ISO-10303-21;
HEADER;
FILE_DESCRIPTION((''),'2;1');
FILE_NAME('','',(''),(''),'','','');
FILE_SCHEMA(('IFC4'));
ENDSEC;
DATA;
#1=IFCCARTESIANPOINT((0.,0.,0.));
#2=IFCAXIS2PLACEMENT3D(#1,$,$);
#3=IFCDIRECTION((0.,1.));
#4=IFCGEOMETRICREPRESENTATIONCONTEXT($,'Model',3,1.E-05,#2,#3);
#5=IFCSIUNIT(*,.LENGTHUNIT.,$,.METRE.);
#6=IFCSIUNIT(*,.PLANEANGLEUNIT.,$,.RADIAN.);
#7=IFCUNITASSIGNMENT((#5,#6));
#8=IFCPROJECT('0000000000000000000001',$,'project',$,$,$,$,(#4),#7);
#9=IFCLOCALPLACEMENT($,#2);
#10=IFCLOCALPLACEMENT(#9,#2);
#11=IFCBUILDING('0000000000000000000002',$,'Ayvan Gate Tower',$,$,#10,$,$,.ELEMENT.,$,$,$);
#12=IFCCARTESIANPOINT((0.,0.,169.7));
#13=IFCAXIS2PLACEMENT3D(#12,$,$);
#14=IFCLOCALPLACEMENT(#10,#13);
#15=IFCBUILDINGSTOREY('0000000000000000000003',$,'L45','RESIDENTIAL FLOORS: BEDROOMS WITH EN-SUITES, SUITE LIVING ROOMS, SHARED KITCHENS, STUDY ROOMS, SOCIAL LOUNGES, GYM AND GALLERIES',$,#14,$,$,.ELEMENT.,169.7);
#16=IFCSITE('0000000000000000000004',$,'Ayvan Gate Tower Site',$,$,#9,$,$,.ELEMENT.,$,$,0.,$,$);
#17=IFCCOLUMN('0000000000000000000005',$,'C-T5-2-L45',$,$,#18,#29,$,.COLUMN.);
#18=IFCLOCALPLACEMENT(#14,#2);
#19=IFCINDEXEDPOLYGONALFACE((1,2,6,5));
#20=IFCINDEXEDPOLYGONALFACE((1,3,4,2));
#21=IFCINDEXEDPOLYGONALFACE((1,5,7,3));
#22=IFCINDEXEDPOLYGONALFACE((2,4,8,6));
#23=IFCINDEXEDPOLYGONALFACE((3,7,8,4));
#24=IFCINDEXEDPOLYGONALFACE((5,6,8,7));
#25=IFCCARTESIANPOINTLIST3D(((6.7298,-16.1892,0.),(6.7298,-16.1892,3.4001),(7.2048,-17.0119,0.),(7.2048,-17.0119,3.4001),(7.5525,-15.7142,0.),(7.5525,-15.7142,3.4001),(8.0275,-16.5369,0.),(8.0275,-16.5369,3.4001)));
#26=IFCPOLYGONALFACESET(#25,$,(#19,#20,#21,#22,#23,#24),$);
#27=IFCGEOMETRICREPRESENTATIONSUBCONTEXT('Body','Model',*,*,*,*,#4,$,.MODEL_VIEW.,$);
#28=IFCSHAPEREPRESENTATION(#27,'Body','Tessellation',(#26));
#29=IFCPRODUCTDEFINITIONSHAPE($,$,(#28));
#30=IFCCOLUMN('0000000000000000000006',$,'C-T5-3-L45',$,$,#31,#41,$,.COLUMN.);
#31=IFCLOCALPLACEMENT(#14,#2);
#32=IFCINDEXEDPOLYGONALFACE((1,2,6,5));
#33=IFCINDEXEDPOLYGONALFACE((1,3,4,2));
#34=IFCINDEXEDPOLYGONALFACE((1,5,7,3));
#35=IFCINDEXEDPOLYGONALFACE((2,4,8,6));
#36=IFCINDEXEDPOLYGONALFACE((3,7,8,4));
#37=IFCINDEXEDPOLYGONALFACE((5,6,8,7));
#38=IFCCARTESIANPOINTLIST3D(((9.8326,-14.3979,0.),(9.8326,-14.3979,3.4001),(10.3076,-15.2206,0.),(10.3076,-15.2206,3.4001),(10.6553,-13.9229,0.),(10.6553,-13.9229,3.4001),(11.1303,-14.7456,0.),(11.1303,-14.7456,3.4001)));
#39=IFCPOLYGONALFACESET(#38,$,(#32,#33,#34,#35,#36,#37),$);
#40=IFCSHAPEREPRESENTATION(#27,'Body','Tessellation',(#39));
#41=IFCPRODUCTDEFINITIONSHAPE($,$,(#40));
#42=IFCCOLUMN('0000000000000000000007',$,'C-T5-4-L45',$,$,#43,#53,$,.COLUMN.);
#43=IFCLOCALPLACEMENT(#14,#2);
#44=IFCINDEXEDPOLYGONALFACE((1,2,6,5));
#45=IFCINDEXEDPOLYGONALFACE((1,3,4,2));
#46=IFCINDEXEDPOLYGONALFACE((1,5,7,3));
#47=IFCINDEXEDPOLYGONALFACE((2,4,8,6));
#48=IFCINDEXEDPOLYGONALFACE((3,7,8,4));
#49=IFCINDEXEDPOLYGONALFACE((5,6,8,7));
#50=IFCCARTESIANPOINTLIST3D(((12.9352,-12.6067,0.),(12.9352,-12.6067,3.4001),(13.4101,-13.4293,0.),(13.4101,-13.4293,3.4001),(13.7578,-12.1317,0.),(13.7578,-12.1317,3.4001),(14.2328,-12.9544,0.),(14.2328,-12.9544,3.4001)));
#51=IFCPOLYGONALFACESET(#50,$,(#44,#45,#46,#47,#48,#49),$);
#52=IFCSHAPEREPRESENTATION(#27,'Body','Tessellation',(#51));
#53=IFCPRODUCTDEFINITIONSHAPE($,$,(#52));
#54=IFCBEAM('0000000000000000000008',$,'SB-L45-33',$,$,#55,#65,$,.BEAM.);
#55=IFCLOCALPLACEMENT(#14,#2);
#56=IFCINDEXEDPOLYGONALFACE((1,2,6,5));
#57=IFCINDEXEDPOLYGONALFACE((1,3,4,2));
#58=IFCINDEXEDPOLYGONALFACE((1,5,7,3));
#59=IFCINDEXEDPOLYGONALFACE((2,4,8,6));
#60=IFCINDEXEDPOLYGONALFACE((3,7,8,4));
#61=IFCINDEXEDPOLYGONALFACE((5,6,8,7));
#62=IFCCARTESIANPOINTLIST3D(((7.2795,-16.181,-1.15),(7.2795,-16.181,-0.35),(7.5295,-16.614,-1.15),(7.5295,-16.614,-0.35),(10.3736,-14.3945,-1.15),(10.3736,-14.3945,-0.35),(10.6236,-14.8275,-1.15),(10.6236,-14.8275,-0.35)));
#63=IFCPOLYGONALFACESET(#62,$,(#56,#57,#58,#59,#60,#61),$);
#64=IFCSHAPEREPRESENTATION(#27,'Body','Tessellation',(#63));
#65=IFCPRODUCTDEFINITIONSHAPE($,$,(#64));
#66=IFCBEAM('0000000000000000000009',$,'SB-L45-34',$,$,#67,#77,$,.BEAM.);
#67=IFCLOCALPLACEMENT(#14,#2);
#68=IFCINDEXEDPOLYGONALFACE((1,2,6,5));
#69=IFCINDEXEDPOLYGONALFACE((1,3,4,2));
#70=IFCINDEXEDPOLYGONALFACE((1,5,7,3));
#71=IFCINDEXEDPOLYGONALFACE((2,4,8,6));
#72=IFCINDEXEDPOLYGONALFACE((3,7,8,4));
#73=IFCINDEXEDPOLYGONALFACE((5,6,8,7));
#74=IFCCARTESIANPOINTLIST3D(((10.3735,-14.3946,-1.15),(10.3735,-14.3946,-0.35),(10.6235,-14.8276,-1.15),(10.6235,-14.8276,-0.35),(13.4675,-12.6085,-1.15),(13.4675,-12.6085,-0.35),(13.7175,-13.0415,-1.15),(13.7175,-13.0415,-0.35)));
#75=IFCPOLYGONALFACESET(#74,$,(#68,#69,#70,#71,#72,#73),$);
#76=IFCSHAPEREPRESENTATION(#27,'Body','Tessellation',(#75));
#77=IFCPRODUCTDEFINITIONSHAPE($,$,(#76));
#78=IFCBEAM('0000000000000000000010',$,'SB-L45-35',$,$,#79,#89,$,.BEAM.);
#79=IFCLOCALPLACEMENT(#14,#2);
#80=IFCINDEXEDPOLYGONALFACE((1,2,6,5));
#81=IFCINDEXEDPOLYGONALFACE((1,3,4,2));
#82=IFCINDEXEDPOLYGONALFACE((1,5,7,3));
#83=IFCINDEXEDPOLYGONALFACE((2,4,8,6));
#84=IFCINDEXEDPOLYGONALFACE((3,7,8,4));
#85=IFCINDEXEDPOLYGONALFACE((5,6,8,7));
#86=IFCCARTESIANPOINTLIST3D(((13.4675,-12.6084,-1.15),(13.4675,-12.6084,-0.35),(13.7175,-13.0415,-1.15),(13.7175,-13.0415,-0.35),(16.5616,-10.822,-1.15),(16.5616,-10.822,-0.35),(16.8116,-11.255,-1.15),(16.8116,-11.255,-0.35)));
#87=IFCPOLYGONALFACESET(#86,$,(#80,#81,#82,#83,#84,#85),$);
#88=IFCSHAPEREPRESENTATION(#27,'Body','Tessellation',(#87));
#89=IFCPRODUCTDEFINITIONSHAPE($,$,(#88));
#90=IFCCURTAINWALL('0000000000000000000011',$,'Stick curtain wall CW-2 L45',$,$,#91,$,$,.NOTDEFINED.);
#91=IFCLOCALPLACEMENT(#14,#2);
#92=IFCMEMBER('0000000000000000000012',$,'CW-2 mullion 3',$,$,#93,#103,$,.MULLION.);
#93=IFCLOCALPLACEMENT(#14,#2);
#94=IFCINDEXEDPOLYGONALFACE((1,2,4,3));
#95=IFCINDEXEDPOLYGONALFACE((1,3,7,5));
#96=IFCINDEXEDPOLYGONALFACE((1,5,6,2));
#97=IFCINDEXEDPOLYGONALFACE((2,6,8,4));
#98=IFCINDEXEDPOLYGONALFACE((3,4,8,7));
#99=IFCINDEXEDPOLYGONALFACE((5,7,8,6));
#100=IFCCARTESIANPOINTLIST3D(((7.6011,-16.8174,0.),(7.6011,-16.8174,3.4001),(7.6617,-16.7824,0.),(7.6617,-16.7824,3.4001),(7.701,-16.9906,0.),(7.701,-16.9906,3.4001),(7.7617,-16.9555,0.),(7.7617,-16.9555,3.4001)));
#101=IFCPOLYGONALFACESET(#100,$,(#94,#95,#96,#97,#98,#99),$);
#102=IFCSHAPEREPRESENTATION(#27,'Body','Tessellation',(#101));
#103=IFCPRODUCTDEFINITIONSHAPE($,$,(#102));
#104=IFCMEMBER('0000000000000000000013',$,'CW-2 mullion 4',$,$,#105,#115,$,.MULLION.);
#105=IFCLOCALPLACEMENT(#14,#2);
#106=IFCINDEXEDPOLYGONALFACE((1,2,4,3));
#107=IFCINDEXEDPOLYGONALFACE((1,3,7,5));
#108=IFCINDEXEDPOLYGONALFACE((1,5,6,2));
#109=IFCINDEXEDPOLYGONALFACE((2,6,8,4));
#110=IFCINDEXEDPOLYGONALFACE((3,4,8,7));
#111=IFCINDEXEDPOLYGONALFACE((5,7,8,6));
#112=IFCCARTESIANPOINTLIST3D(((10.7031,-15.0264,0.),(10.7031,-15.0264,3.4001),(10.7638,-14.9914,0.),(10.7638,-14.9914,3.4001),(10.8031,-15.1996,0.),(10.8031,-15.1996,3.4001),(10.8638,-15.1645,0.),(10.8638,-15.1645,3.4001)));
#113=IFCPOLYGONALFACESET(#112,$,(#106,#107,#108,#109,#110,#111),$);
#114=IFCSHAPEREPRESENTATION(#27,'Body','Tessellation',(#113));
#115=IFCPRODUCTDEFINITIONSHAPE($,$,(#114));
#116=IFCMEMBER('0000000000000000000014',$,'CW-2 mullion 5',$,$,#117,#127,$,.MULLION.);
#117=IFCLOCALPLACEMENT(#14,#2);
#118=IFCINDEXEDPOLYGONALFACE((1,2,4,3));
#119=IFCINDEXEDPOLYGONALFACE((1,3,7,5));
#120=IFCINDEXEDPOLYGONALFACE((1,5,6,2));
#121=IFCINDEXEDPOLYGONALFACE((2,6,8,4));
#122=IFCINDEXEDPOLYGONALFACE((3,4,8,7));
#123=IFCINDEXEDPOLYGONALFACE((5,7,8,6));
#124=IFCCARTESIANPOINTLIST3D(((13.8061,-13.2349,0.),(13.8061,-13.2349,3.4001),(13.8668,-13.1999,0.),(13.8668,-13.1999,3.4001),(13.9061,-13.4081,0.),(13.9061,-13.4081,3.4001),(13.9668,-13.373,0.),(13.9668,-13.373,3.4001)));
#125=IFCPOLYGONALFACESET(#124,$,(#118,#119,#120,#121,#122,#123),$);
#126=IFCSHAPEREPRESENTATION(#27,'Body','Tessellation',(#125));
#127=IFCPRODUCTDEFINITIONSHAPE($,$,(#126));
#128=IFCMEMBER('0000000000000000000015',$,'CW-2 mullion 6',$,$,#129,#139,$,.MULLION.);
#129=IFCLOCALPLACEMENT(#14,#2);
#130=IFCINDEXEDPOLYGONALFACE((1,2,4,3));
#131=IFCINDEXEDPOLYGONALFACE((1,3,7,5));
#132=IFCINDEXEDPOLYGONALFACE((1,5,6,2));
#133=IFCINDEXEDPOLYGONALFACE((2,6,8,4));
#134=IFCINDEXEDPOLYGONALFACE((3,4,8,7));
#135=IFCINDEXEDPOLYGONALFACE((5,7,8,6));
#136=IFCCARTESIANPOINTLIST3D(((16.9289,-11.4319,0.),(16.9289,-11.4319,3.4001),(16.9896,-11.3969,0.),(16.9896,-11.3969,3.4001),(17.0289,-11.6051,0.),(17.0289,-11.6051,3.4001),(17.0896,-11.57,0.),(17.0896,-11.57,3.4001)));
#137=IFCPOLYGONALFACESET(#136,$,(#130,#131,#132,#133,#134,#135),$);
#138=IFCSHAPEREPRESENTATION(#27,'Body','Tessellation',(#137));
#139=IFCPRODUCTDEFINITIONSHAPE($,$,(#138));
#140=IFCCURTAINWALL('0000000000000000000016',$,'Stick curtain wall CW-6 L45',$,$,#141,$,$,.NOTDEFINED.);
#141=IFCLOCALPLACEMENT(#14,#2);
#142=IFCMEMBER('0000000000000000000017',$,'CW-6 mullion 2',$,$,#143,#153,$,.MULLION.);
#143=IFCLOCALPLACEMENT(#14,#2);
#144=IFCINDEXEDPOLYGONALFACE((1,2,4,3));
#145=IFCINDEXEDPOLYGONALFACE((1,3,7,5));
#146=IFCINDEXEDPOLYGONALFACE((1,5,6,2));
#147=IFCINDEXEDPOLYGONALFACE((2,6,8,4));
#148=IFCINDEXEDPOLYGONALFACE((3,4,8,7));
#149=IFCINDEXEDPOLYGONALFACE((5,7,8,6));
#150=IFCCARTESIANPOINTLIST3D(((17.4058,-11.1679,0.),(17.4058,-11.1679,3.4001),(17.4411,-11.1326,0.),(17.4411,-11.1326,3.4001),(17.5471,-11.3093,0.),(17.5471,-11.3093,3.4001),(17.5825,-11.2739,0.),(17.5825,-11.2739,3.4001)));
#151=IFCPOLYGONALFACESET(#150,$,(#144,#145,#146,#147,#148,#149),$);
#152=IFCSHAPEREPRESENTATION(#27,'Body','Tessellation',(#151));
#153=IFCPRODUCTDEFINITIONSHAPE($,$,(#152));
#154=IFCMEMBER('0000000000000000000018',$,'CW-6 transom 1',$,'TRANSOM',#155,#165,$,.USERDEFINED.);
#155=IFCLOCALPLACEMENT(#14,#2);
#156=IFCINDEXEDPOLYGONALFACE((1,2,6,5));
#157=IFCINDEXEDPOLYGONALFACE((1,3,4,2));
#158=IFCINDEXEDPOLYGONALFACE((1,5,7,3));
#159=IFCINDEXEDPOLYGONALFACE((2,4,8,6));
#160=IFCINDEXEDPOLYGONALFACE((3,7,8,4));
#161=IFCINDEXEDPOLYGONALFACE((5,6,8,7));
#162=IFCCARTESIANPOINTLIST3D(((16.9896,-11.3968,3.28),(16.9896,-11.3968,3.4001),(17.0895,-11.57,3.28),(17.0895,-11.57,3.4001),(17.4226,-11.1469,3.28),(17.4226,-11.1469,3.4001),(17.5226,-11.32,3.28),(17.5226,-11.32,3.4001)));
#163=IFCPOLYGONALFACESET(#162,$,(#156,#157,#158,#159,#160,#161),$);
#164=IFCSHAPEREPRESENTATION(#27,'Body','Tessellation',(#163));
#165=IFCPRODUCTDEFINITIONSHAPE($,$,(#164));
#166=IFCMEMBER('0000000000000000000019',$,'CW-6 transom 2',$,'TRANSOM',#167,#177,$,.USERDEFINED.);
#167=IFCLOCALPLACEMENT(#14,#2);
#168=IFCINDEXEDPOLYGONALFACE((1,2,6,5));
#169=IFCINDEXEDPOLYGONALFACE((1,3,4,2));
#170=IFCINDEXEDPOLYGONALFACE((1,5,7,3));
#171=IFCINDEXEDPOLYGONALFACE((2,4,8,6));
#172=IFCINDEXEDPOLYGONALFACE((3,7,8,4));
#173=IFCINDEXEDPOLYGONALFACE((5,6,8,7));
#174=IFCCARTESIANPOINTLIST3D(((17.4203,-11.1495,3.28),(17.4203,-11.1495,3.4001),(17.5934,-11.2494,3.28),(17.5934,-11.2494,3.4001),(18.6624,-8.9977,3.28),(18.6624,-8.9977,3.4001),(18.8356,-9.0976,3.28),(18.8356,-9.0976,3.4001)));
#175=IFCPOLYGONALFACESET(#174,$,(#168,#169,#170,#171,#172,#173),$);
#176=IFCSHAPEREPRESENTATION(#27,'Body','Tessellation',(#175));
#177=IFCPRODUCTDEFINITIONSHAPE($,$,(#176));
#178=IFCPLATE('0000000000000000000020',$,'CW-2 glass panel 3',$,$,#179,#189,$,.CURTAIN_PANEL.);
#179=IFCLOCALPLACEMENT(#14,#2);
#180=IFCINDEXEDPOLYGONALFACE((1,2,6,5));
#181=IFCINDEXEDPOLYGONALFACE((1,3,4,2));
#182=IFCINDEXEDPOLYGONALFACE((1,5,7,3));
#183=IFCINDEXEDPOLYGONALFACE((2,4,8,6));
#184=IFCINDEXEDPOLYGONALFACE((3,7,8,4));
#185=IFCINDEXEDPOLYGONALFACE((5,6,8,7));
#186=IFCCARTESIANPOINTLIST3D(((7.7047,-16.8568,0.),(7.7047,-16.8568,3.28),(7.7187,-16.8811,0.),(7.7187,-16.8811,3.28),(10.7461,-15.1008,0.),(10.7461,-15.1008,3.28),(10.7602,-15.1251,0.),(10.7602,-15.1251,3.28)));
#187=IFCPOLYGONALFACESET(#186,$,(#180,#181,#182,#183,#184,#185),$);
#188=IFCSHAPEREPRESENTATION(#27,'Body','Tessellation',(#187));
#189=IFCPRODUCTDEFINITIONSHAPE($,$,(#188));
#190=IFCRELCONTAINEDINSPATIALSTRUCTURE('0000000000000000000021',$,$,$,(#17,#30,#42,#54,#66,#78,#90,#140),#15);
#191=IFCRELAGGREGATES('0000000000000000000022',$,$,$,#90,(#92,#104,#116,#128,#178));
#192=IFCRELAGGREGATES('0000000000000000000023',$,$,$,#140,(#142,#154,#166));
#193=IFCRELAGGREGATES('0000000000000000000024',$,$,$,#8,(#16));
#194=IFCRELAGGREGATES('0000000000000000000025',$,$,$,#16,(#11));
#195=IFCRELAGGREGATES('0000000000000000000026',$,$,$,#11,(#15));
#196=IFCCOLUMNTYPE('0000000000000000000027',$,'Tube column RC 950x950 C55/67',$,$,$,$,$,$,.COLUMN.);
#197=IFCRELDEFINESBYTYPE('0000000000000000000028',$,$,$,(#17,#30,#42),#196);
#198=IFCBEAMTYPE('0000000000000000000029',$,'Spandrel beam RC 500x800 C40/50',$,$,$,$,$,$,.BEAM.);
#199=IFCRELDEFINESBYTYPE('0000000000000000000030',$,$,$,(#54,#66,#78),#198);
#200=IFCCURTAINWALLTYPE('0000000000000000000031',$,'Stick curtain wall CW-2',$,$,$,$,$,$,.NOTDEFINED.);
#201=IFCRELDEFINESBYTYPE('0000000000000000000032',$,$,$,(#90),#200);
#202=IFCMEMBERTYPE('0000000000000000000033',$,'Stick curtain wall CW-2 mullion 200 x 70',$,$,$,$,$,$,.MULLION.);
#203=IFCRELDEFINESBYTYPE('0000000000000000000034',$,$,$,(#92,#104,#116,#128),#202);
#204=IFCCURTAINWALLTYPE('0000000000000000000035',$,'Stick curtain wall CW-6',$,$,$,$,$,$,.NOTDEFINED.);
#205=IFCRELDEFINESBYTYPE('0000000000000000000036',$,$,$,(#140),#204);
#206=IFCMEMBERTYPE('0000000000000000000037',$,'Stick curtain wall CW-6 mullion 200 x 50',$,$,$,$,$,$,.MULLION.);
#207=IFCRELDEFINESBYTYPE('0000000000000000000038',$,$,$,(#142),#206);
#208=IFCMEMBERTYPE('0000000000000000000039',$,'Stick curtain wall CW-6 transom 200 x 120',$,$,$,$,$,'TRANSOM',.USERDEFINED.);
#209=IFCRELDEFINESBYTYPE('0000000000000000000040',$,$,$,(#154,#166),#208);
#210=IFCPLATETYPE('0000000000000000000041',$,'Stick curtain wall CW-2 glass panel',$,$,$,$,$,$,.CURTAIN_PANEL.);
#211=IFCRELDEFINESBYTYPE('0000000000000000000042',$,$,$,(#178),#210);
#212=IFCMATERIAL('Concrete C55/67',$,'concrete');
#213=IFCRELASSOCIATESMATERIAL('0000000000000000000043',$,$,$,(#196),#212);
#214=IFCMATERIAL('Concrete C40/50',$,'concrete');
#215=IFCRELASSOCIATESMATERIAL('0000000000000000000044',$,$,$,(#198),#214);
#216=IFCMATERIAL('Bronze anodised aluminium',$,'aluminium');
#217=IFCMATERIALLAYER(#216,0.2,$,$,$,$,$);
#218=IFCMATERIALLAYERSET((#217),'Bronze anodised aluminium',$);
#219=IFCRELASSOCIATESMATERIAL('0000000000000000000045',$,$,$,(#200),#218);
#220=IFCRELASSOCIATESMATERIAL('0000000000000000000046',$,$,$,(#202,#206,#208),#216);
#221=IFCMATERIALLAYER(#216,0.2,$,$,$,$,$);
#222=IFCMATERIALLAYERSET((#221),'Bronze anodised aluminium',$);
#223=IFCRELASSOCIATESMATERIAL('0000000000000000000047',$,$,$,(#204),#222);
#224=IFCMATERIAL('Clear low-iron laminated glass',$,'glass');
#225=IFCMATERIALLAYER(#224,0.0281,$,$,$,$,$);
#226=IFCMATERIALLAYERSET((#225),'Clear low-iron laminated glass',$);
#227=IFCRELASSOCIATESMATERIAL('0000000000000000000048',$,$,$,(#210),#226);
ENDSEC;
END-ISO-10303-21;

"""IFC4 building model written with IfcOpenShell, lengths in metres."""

from ifc_helpers import new_model, si_unit, direction, frame, origin, origin_2d, place, context, subcontext, project, spatial, rectangle, extrude, material, layer, layer_set, material_profile, profile_set, type_object, element, aggregate, save


model = new_model("IFC4")

# Units and contexts
model_context = context("Model", 3, precision=1e-05, world=origin(), true_north=direction((0.0, 1.0)))
body_context = subcontext(model_context, "Body", "Model", "MODEL_VIEW")
ifc_project = project(units=[si_unit("LENGTHUNIT", "METRE"), si_unit("PLANEANGLEUNIT", "RADIAN")], contexts=[model_context])

# Site, building, storey
site_placement = place(None, origin())
site = spatial("IfcSite", under=ifc_project, at=site_placement, Name="Ayvan Gate Tower Site", CompositionType="ELEMENT", RefElevation=0.0)
building_placement = place(site_placement, origin())
building = spatial("IfcBuilding", under=site, at=building_placement, Name="Ayvan Gate Tower", CompositionType="ELEMENT")
storey_placement = place(building_placement, frame((0.0, 0.0, 169.7)))
storey = spatial("IfcBuildingStorey", under=building, at=storey_placement, Name="L45", Description="RESIDENTIAL FLOORS: BEDROOMS WITH EN-SUITES, SUITE LIVING ROOMS, SHARED KITCHENS, STUDY ROOMS, SOCIAL LOUNGES, GYM AND GALLERIES", CompositionType="ELEMENT", Elevation=169.7)

# Columns
ifc_material_1 = material(Name="Concrete C55/67", Category="concrete")
ifc_material_profile_1 = material_profile(ifc_material_1, rectangle(XDim=0.95, YDim=0.95, at=origin_2d()), Name="RC 950x950")
ifc_profile_set_1 = profile_set([ifc_material_profile_1], Name="Concrete C55/67")
column_type = type_object("IfcColumnType", Name="Tube column RC 950x950 C55/67", PredefinedType="COLUMN", material=ifc_profile_set_1)
for number, where, z_axis, x_axis, name in (
    (1, (7.3787, -16.363, 0.0), (0.0, 0.0, 1.0), (0.5, -0.866025, 0.0), "C-T5-2-L45"),
    (2, (10.4814, -14.5718, 0.0), (0.0, 0.0, 1.0), (0.5, -0.866025, 0.0), "C-T5-3-L45"),
    (3, (13.584, -12.7805, 0.0), (0.0, 0.0, 1.0), (0.5, -0.866025, 0.0), "C-T5-4-L45"),
):
    element("IfcColumn", number, at=place(storey_placement, frame(where, z_axis=z_axis, x_axis=x_axis)), inside=storey, type_object=column_type, Name=name, PredefinedType="COLUMN", context=body_context, shape_type="SweptSolid", body=[
        extrude(rectangle(XDim=0.95, YDim=0.95, at=origin_2d()), origin(), (0.0, 0.0, 1.0), 3.4001),
    ])

# Beams
ifc_material_2 = material(Name="Concrete C40/50", Category="concrete")
ifc_material_profile_2 = material_profile(ifc_material_2, rectangle(XDim=0.5, YDim=0.8, at=origin_2d()), Name="RC 500x800")
ifc_profile_set_2 = profile_set([ifc_material_profile_2], Name="Concrete C40/50")
beam_type = type_object("IfcBeamType", Name="Spandrel beam RC 500x800 C40/50", PredefinedType="BEAM", material=ifc_profile_set_2)
beam_1_placement = place(storey_placement, frame((7.4045, -16.3975, -0.75), z_axis=(0.866018, 0.500012, 0.0), x_axis=(-0.500012, 0.866018, 0.0)))
element("IfcBeam", 4, at=beam_1_placement, inside=storey, type_object=beam_type, Name="SB-L45-33", PredefinedType="BEAM", context=body_context, shape_type="SweptSolid", body=[
    extrude(rectangle(XDim=0.5, YDim=0.8, at=origin_2d()), origin(), (0.0, 0.0, 1.0), 3.5728),
])
beam_2_placement = place(storey_placement, frame((10.4985, -14.6111, -0.75), z_axis=(0.866048, 0.499961, 0.0), x_axis=(-0.499961, 0.866048, 0.0)))
element("IfcBeam", 5, at=beam_2_placement, inside=storey, type_object=beam_type, Name="SB-L45-34", PredefinedType="BEAM", context=body_context, shape_type="SweptSolid", body=[
    extrude(rectangle(XDim=0.5, YDim=0.8, at=origin_2d()), origin(), (0.0, 0.0, 1.0), 3.5725),
])
beam_3_placement = place(storey_placement, frame((13.5925, -12.825, -0.75), z_axis=(0.866018, 0.500012, 0.0), x_axis=(-0.500012, 0.866018, 0.0)))
element("IfcBeam", 6, at=beam_3_placement, inside=storey, type_object=beam_type, Name="SB-L45-35", PredefinedType="BEAM", context=body_context, shape_type="SweptSolid", body=[
    extrude(rectangle(XDim=0.5, YDim=0.8, at=origin_2d()), origin(), (0.0, 0.0, 1.0), 3.5728),
])

# Curtain walls, members
ifc_material_3 = material(Name="Bronze anodised aluminium", Category="aluminium")
ifc_layer_1 = layer(ifc_material_3, 0.2)
ifc_layer_set_1 = layer_set([ifc_layer_1], Name="Bronze anodised aluminium")
curtain_wall_type_1 = type_object("IfcCurtainWallType", Name="Stick curtain wall CW-2", PredefinedType="NOTDEFINED", material=ifc_layer_set_1)
curtain_wall_1_placement = place(storey_placement, origin())
curtain_wall_1 = element("IfcCurtainWall", 7, at=curtain_wall_1_placement, inside=storey, type_object=curtain_wall_type_1, Name="Stick curtain wall CW-2 L45", PredefinedType="NOTDEFINED")
ifc_material_profile_3 = material_profile(ifc_material_3, rectangle(XDim=0.2, YDim=0.0701, at=origin_2d()), Name="Stick curtain wall CW-2 mullion 200 x 70")
ifc_profile_set_3 = profile_set([ifc_material_profile_3], Name="Bronze anodised aluminium")
member_type_1 = type_object("IfcMemberType", Name="Stick curtain wall CW-2 mullion 200 x 70", PredefinedType="MULLION", material=ifc_profile_set_3)
member_1_placement = place(storey_placement, frame((7.6814, -16.8865, 0.0), z_axis=(0.0, 0.0, 1.0), x_axis=(0.5, -0.866025, 0.0)))
member_1 = element("IfcMember", 8, at=member_1_placement, type_object=member_type_1, Name="CW-2 mullion 3", PredefinedType="MULLION", context=body_context, shape_type="SweptSolid", body=[
    extrude(rectangle(XDim=0.2, YDim=0.0701, at=origin_2d()), origin(), (0.0, 0.0, 1.0), 3.4001),
])
member_2_placement = place(storey_placement, frame((10.7834, -15.0955, 0.0), z_axis=(0.0, 0.0, 1.0), x_axis=(0.5, -0.866025, 0.0)))
member_2 = element("IfcMember", 9, at=member_2_placement, type_object=member_type_1, Name="CW-2 mullion 4", PredefinedType="MULLION", context=body_context, shape_type="SweptSolid", body=[
    extrude(rectangle(XDim=0.2, YDim=0.0701, at=origin_2d()), origin(), (0.0, 0.0, 1.0), 3.4001),
])
member_3_placement = place(storey_placement, frame((13.8865, -13.304, 0.0), z_axis=(0.0, 0.0, 1.0), x_axis=(0.5, -0.866025, 0.0)))
member_3 = element("IfcMember", 10, at=member_3_placement, type_object=member_type_1, Name="CW-2 mullion 5", PredefinedType="MULLION", context=body_context, shape_type="SweptSolid", body=[
    extrude(rectangle(XDim=0.2, YDim=0.0701, at=origin_2d()), origin(), (0.0, 0.0, 1.0), 3.4001),
])
member_4_placement = place(storey_placement, frame((17.0093, -11.501, 0.0), z_axis=(0.0, 0.0, 1.0), x_axis=(0.5, -0.866025, 0.0)))
member_4 = element("IfcMember", 11, at=member_4_placement, type_object=member_type_1, Name="CW-2 mullion 6", PredefinedType="MULLION", context=body_context, shape_type="SweptSolid", body=[
    extrude(rectangle(XDim=0.2, YDim=0.0701, at=origin_2d()), origin(), (0.0, 0.0, 1.0), 3.4001),
])
ifc_layer_2 = layer(ifc_material_3, 0.2)
ifc_layer_set_2 = layer_set([ifc_layer_2], Name="Bronze anodised aluminium")
curtain_wall_type_2 = type_object("IfcCurtainWallType", Name="Stick curtain wall CW-6", PredefinedType="NOTDEFINED", material=ifc_layer_set_2)
curtain_wall_2_placement = place(storey_placement, origin())
curtain_wall_2 = element("IfcCurtainWall", 12, at=curtain_wall_2_placement, inside=storey, type_object=curtain_wall_type_2, Name="Stick curtain wall CW-6 L45", PredefinedType="NOTDEFINED")
ifc_material_profile_4 = material_profile(ifc_material_3, rectangle(XDim=0.2, YDim=0.05, at=origin_2d()), Name="Stick curtain wall CW-6 mullion 200 x 50")
ifc_profile_set_4 = profile_set([ifc_material_profile_4], Name="Bronze anodised aluminium")
member_type_2 = type_object("IfcMemberType", Name="Stick curtain wall CW-6 mullion 200 x 50", PredefinedType="MULLION", material=ifc_profile_set_4)
member_5_placement = place(storey_placement, frame((17.4941, -11.2209, 0.0), z_axis=(0.0, 0.0, 1.0), x_axis=(0.707107, -0.707107, 0.0)))
member_5 = element("IfcMember", 13, at=member_5_placement, type_object=member_type_2, Name="CW-6 mullion 2", PredefinedType="MULLION", context=body_context, shape_type="SweptSolid", body=[
    extrude(rectangle(XDim=0.2, YDim=0.05, at=origin_2d()), origin(), (0.0, 0.0, 1.0), 3.4001),
])
ifc_material_profile_5 = material_profile(ifc_material_3, rectangle(XDim=0.2, YDim=0.1201, at=origin_2d()), Name="Stick curtain wall CW-6 transom 200 x 120")
ifc_profile_set_5 = profile_set([ifc_material_profile_5], Name="Bronze anodised aluminium")
member_type_3 = type_object("IfcMemberType", Name="Stick curtain wall CW-6 transom 200 x 120", ElementType="TRANSOM", PredefinedType="USERDEFINED", material=ifc_profile_set_5)
member_6_placement = place(storey_placement, frame((17.0396, -11.4834, 3.3401), z_axis=(0.866072, 0.49992, 0.0), x_axis=(-0.49992, 0.866072, 0.0)))
member_6 = element("IfcMember", 14, at=member_6_placement, type_object=member_type_3, Name="CW-6 transom 1", ObjectType="TRANSOM", PredefinedType="USERDEFINED", context=body_context, shape_type="SweptSolid", body=[
    extrude(rectangle(XDim=0.2, YDim=0.1201, at=origin_2d()), origin(), (0.0, 0.0, 1.0), 0.5),
])
member_7_placement = place(storey_placement, frame((17.5068, -11.1995, 3.3401), z_axis=(0.499944, 0.866058, 0.0), x_axis=(-0.866058, 0.499944, 0.0)))
member_7 = element("IfcMember", 15, at=member_7_placement, type_object=member_type_3, Name="CW-6 transom 2", ObjectType="TRANSOM", PredefinedType="USERDEFINED", context=body_context, shape_type="SweptSolid", body=[
    extrude(rectangle(XDim=0.2, YDim=0.1201, at=origin_2d()), origin(), (0.0, 0.0, 1.0), 2.4846),
])

# Plate
ifc_material_4 = material(Name="Clear low-iron laminated glass", Category="glass")
ifc_layer_3 = layer(ifc_material_4, 0.0281)
ifc_layer_set_3 = layer_set([ifc_layer_3], Name="Clear low-iron laminated glass")
plate_type_1 = type_object("IfcPlateType", Name="Stick curtain wall CW-2 glass panel", PredefinedType="CURTAIN_PANEL", material=ifc_layer_set_3)
plate_1_placement = place(storey_placement, frame((9.2324, -15.991, 0.0), z_axis=(0.0, 0.0, 1.0), x_axis=(0.866025, 0.5, 0.0)))
plate_1 = element("IfcPlate", 16, at=plate_1_placement, type_object=plate_type_1, Name="CW-2 glass panel 3", PredefinedType="CURTAIN_PANEL", context=body_context, shape_type="SweptSolid", body=[
    extrude(rectangle(XDim=3.512, YDim=0.0281, at=origin_2d()), origin(), (0.0, 0.0, 1.0), 3.28),
])
aggregate(curtain_wall_1, [member_1, member_2, member_3, member_4, plate_1])
aggregate(curtain_wall_2, [member_5, member_6, member_7])

save(model, "model.ifc")
